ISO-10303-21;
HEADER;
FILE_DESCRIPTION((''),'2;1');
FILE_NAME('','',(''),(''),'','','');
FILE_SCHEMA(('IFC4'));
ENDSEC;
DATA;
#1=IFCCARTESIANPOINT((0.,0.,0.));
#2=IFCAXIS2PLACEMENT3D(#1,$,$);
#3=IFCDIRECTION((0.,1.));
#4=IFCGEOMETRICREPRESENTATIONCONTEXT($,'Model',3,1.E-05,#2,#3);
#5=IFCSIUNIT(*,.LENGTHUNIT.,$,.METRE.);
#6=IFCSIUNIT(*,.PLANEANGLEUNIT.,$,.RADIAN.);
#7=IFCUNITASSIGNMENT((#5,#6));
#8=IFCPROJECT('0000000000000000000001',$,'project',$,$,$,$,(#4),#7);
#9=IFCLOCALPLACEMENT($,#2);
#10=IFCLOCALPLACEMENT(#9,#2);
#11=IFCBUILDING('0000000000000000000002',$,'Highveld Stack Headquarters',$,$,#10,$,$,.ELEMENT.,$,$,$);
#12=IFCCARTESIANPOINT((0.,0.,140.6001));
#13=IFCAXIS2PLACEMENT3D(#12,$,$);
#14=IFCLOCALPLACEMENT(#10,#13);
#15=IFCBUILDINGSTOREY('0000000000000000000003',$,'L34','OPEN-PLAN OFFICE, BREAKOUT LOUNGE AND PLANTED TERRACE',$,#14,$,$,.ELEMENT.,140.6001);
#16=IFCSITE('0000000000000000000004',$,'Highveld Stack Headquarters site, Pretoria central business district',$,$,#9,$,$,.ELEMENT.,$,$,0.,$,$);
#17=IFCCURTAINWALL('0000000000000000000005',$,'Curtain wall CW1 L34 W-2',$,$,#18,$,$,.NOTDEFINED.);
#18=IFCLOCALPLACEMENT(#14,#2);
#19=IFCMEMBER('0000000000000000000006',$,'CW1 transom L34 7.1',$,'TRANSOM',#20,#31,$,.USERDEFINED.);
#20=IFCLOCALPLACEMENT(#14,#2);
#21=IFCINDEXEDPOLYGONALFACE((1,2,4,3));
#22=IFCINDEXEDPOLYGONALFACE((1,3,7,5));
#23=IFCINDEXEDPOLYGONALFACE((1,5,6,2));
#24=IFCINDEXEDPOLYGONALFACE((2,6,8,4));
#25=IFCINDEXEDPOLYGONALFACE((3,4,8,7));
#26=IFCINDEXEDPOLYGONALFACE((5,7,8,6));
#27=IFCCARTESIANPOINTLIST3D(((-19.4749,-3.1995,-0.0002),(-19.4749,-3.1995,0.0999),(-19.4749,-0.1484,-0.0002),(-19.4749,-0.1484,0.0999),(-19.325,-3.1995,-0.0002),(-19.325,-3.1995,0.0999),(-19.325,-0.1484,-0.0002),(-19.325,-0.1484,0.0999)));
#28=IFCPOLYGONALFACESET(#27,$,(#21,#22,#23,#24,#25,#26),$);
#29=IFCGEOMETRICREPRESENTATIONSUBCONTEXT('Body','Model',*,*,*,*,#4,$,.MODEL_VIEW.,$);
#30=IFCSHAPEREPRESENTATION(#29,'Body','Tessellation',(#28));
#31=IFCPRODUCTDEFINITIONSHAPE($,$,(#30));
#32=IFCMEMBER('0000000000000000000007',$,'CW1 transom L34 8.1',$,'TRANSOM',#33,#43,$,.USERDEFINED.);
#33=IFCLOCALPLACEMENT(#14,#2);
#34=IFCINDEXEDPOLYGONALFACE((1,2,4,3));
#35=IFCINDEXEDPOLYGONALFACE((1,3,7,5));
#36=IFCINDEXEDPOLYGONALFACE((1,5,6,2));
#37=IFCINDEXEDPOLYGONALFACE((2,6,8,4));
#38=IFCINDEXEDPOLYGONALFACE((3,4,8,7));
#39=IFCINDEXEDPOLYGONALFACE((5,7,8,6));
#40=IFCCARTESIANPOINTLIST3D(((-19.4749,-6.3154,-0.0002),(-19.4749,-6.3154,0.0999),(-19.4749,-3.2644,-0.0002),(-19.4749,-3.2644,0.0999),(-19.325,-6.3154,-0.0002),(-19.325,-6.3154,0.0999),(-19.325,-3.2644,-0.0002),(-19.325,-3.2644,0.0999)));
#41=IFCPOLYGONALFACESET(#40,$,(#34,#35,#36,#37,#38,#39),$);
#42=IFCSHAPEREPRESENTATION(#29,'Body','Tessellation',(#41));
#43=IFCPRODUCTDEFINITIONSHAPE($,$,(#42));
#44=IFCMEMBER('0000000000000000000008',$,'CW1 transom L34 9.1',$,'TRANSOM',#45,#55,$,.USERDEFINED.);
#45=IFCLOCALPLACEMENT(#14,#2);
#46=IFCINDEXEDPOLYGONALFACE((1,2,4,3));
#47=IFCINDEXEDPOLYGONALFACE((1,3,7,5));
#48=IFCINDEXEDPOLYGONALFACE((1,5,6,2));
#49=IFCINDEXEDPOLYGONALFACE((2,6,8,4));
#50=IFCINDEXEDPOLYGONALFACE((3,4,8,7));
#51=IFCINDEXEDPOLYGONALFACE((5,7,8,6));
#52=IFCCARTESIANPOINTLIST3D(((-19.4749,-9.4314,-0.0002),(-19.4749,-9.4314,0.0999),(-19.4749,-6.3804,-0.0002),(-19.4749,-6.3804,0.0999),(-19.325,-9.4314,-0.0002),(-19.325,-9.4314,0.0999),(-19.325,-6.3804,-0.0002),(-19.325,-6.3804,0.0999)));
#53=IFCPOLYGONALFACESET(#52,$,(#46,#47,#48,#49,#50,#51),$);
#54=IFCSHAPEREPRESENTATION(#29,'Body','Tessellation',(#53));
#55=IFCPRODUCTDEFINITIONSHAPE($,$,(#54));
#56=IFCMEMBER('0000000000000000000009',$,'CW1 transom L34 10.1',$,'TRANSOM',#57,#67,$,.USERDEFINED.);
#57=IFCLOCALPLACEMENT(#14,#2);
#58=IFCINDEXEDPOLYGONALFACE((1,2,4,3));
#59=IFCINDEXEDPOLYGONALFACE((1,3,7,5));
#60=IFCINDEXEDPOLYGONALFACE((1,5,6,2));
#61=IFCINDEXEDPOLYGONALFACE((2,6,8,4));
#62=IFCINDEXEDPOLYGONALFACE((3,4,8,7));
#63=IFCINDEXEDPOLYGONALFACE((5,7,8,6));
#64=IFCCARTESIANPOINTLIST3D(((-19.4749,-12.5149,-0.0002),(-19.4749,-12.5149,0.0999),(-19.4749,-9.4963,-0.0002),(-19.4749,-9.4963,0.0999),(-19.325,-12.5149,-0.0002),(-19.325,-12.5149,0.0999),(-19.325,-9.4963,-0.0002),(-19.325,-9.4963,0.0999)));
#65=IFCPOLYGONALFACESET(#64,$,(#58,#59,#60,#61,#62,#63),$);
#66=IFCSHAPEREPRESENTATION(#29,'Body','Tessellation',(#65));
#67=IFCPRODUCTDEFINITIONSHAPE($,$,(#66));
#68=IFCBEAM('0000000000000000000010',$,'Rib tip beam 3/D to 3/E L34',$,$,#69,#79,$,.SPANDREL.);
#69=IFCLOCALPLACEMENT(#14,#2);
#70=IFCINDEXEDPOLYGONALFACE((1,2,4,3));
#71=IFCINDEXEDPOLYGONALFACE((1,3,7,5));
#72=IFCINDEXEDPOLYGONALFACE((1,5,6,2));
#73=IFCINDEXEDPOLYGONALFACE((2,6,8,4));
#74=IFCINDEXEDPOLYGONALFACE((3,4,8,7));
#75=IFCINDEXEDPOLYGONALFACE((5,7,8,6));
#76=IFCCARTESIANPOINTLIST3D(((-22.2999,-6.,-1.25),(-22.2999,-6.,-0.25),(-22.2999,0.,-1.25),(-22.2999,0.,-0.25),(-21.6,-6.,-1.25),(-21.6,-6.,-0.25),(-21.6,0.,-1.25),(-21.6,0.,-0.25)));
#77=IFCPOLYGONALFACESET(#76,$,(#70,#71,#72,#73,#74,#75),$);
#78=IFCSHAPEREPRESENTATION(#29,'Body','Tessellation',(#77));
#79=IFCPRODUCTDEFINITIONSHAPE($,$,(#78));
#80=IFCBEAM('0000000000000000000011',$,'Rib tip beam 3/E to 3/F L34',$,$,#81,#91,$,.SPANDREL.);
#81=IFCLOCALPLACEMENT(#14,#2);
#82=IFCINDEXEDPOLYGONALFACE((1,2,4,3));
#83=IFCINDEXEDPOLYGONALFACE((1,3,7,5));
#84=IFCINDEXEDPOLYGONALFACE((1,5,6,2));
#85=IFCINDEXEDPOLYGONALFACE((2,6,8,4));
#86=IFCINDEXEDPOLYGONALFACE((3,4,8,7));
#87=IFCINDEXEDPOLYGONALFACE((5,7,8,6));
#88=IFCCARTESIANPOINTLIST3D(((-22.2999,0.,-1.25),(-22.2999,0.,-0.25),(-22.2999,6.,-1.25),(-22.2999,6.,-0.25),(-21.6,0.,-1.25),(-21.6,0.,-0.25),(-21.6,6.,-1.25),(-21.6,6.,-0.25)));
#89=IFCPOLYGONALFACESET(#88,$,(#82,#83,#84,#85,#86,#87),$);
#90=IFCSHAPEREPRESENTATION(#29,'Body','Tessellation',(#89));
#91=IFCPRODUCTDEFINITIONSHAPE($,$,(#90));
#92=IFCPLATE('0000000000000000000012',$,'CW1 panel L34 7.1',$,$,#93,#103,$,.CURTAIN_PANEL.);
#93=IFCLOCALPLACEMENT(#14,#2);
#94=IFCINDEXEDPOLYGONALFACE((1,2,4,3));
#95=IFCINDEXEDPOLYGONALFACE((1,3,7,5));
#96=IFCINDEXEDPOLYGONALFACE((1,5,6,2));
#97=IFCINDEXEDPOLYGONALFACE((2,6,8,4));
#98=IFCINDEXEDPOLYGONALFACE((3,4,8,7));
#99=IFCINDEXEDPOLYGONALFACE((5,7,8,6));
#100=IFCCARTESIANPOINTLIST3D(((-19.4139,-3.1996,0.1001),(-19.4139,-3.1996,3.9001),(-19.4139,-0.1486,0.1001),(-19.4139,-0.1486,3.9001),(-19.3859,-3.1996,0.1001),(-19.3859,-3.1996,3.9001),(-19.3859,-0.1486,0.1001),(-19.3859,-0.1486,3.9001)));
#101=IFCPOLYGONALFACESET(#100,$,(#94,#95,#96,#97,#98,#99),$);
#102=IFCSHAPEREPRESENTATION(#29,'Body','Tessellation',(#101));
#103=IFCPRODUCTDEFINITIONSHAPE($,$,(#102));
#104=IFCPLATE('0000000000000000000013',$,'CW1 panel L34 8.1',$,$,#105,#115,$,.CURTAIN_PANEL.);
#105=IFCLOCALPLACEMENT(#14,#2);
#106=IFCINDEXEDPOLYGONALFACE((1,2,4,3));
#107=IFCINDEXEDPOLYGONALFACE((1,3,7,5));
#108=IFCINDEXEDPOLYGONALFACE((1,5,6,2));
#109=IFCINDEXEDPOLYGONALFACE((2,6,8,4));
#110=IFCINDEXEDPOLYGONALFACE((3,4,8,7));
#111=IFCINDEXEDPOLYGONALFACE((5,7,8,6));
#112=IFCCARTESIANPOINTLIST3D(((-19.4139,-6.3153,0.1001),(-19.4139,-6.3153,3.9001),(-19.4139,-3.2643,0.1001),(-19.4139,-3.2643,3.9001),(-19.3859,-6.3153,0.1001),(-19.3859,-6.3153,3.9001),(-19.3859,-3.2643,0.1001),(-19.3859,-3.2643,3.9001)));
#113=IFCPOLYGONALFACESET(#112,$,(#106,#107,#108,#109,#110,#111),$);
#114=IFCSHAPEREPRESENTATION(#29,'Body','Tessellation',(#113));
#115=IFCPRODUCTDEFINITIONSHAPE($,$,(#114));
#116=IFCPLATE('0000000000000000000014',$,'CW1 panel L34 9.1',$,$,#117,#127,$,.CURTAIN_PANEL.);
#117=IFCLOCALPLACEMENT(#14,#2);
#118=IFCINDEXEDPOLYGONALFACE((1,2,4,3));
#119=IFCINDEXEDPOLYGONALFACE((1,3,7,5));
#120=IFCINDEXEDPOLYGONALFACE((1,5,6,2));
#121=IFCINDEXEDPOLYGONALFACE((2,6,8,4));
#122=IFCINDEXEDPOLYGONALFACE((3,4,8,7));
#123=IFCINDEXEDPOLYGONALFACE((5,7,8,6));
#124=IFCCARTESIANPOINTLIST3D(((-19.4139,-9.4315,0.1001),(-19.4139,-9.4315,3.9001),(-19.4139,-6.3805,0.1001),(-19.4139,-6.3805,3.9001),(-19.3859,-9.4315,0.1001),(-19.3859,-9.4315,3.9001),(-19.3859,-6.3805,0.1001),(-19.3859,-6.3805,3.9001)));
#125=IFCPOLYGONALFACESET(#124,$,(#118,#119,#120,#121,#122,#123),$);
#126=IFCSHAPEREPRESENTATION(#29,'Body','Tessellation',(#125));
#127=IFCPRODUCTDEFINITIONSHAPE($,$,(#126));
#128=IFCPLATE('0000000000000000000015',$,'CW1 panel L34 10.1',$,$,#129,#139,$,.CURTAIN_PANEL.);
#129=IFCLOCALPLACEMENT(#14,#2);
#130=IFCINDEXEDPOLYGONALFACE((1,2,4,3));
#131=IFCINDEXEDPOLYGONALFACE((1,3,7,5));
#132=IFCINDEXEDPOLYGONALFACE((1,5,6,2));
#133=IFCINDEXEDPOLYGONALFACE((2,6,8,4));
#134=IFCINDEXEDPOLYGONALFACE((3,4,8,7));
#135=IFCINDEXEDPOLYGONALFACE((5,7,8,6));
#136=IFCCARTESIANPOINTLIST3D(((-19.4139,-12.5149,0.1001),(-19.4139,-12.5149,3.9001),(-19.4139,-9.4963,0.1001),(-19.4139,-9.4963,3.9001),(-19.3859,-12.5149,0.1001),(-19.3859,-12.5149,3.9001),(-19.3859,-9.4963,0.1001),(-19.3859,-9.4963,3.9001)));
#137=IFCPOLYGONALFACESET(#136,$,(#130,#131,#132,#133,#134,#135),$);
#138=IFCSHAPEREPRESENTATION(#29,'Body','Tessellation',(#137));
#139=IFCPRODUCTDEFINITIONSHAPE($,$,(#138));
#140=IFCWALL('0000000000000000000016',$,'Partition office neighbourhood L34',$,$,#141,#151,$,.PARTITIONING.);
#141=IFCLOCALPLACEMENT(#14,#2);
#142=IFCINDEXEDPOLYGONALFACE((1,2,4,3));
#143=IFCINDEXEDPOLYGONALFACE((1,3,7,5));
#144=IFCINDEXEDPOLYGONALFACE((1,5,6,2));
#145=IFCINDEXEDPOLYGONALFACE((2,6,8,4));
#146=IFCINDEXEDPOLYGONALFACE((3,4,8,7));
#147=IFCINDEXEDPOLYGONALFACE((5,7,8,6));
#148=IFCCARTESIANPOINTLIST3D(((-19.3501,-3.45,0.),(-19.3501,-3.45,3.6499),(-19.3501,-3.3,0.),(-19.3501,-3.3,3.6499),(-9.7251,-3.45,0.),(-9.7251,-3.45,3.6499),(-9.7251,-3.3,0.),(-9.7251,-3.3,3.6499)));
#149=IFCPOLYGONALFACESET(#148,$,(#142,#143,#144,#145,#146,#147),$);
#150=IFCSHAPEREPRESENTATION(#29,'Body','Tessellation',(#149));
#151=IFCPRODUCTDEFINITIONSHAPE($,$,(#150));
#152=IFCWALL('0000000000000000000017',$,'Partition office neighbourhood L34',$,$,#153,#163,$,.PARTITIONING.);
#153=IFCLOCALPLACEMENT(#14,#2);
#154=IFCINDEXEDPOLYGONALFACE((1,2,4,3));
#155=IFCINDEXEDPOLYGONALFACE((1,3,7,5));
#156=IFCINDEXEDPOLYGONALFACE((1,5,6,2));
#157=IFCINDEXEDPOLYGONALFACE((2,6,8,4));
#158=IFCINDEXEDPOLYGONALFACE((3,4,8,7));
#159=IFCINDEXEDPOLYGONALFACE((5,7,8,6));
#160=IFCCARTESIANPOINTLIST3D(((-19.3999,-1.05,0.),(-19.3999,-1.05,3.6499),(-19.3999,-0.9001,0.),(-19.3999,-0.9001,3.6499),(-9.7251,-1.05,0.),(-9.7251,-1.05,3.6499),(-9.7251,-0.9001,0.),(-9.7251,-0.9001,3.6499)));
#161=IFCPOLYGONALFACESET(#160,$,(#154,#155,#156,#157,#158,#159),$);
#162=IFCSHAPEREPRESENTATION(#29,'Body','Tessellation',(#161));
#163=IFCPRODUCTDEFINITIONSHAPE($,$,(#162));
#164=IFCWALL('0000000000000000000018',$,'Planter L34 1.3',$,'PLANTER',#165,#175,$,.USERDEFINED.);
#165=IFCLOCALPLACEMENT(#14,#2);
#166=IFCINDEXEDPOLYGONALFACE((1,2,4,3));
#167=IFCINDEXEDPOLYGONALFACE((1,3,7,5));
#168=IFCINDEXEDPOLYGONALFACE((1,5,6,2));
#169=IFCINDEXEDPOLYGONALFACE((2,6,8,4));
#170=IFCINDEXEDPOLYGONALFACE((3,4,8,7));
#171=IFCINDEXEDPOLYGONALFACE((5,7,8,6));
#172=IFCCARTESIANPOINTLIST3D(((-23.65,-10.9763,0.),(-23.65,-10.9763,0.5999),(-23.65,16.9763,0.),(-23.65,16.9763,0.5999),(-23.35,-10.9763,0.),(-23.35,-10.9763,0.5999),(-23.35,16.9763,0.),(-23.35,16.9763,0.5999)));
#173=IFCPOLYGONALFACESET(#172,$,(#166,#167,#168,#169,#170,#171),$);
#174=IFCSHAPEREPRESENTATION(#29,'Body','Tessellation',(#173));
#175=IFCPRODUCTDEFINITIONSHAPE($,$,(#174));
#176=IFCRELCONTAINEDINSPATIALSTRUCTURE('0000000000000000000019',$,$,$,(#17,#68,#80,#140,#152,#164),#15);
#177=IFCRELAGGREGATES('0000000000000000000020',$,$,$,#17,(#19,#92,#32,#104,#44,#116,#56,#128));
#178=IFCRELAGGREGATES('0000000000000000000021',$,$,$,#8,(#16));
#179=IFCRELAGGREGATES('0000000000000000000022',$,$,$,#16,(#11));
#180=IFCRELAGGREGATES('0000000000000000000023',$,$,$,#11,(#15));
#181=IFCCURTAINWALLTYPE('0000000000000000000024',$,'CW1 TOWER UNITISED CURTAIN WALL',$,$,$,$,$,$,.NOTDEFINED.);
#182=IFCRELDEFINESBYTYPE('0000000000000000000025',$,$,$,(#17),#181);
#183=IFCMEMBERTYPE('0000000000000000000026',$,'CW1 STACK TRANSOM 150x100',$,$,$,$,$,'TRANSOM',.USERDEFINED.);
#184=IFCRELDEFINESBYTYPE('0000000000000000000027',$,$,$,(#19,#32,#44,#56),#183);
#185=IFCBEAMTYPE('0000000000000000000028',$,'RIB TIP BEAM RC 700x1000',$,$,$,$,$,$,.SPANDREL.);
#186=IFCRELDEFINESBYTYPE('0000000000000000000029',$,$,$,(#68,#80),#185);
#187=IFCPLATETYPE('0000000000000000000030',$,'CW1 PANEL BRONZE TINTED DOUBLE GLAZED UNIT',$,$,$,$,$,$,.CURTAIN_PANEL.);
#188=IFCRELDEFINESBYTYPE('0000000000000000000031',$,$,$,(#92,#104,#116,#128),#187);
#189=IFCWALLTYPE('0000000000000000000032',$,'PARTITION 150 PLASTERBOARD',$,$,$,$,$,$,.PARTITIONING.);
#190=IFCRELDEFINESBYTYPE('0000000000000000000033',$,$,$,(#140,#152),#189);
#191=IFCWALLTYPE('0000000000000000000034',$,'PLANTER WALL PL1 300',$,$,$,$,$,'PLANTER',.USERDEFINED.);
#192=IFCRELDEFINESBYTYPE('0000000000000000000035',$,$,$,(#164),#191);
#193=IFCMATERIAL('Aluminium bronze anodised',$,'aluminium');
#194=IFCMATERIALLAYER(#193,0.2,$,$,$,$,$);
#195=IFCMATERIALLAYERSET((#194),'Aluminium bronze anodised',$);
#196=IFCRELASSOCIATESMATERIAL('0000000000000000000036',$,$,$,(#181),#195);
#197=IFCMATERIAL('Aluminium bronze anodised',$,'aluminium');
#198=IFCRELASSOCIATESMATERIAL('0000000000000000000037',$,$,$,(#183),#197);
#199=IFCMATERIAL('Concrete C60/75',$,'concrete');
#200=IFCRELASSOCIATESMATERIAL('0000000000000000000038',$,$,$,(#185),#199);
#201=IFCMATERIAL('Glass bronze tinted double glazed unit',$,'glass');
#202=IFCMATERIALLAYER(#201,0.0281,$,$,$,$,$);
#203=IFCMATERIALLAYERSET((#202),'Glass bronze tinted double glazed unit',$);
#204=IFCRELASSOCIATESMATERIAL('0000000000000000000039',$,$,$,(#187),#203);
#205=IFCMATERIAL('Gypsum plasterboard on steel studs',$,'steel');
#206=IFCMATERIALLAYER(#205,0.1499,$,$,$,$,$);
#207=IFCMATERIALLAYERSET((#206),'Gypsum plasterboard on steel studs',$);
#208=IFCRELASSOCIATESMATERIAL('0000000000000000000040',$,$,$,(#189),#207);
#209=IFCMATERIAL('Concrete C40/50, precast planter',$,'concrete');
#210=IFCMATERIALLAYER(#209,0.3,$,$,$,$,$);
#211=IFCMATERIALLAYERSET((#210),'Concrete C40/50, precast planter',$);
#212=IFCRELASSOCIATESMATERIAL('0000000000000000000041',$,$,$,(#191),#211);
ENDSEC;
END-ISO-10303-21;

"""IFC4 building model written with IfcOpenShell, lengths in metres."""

from ifc_helpers import new_model, si_unit, direction, frame, frame_2d, origin, origin_2d, place, context, subcontext, project, spatial, rectangle, extrude, material, layer, layer_set, material_profile, profile_set, type_object, element, aggregate, save


model = new_model("IFC4")

# Units and contexts
model_context = context("Model", 3, precision=1e-05, world=origin(), true_north=direction((0.0, 1.0)))
body_context = subcontext(model_context, "Body", "Model", "MODEL_VIEW")
ifc_project = project(units=[si_unit("LENGTHUNIT", "METRE"), si_unit("PLANEANGLEUNIT", "RADIAN")], contexts=[model_context])

# Site, building, storey
site_placement = place(None, origin())
site = spatial("IfcSite", under=ifc_project, at=site_placement, Name="Highveld Stack Headquarters site, Pretoria central business district", CompositionType="ELEMENT", RefElevation=0.0)
building_placement = place(site_placement, origin())
building = spatial("IfcBuilding", under=site, at=building_placement, Name="Highveld Stack Headquarters", CompositionType="ELEMENT")
storey_placement = place(building_placement, frame((0.0, 0.0, 140.6001)))
storey = spatial("IfcBuildingStorey", under=building, at=storey_placement, Name="L34", Description="OPEN-PLAN OFFICE, BREAKOUT LOUNGE AND PLANTED TERRACE", CompositionType="ELEMENT", Elevation=140.6001)

# Curtain wall, members
ifc_material_1 = material(Name="Aluminium bronze anodised", Category="aluminium")
ifc_layer_1 = layer(ifc_material_1, 0.2)
ifc_layer_set_1 = layer_set([ifc_layer_1], Name="Aluminium bronze anodised")
curtain_wall_type = type_object("IfcCurtainWallType", Name="CW1 TOWER UNITISED CURTAIN WALL", PredefinedType="NOTDEFINED", material=ifc_layer_set_1)
curtain_wall_placement = place(storey_placement, origin())
curtain_wall = element("IfcCurtainWall", 1, at=curtain_wall_placement, inside=storey, type_object=curtain_wall_type, Name="Curtain wall CW1 L34 W-2", PredefinedType="NOTDEFINED")
ifc_material_2 = material(Name="Aluminium bronze anodised", Category="aluminium")
ifc_material_profile_1 = material_profile(ifc_material_2, rectangle(XDim=0.1499, YDim=0.1001, at=origin_2d()), Name="CW1 TRANSOM 150x100")
ifc_profile_set_1 = profile_set([ifc_material_profile_1], Name="Aluminium bronze anodised")
member_type_1 = type_object("IfcMemberType", Name="CW1 STACK TRANSOM 150x100", ElementType="TRANSOM", PredefinedType="USERDEFINED", material=ifc_profile_set_1)
member_1_placement = place(storey_placement, frame((-19.3999, -0.1484, 0.0498), z_axis=(0.0, -1.0, 0.0), x_axis=(1.0, 0.0, 0.0)))
member_1 = element("IfcMember", 2, at=member_1_placement, type_object=member_type_1, Name="CW1 transom L34 7.1", ObjectType="TRANSOM", PredefinedType="USERDEFINED", context=body_context, shape_type="SweptSolid", body=[
    extrude(rectangle(XDim=0.1499, YDim=0.1001, at=origin_2d()), origin(), (0.0, 0.0, 1.0), 3.051),
])
member_2_placement = place(storey_placement, frame((-19.3999, -3.2644, 0.0498), z_axis=(0.0, -1.0, 0.0), x_axis=(1.0, 0.0, 0.0)))
member_2 = element("IfcMember", 3, at=member_2_placement, type_object=member_type_1, Name="CW1 transom L34 8.1", ObjectType="TRANSOM", PredefinedType="USERDEFINED", context=body_context, shape_type="SweptSolid", body=[
    extrude(rectangle(XDim=0.1499, YDim=0.1001, at=origin_2d()), origin(), (0.0, 0.0, 1.0), 3.051),
])
member_3_placement = place(storey_placement, frame((-19.3999, -6.3804, 0.0498), z_axis=(0.0, -1.0, 0.0), x_axis=(1.0, 0.0, 0.0)))
member_3 = element("IfcMember", 4, at=member_3_placement, type_object=member_type_1, Name="CW1 transom L34 9.1", ObjectType="TRANSOM", PredefinedType="USERDEFINED", context=body_context, shape_type="SweptSolid", body=[
    extrude(rectangle(XDim=0.1499, YDim=0.1001, at=origin_2d()), origin(), (0.0, 0.0, 1.0), 3.051),
])
member_4_placement = place(storey_placement, frame((-19.3999, -9.4963, 0.0498), z_axis=(0.0, -1.0, 0.0), x_axis=(1.0, 0.0, 0.0)))
member_4 = element("IfcMember", 5, at=member_4_placement, type_object=member_type_1, Name="CW1 transom L34 10.1", ObjectType="TRANSOM", PredefinedType="USERDEFINED", context=body_context, shape_type="SweptSolid", body=[
    extrude(rectangle(XDim=0.1499, YDim=0.1001, at=origin_2d()), origin(), (0.0, 0.0, 1.0), 3.0186),
])

# Beams
ifc_material_3 = material(Name="Concrete C60/75", Category="concrete")
ifc_material_profile_2 = material_profile(ifc_material_3, rectangle(XDim=0.7, YDim=1.0, at=origin_2d()), Name="RC 700x1000")
ifc_profile_set_2 = profile_set([ifc_material_profile_2], Name="Concrete C60/75")
beam_type_1 = type_object("IfcBeamType", Name="RIB TIP BEAM RC 700x1000", PredefinedType="SPANDREL", material=ifc_profile_set_2)
for number, where, z_axis, x_axis, name in (
    (6, (-21.95, -6.0, -0.75), (0.0, 1.0, 0.0), (-1.0, 0.0, 0.0), "Rib tip beam 3/D to 3/E L34"),
    (7, (-21.95, 0.0, -0.75), (0.0, 1.0, 0.0), (-1.0, 0.0, 0.0), "Rib tip beam 3/E to 3/F L34"),
):
    element("IfcBeam", number, at=place(storey_placement, frame(where, z_axis=z_axis, x_axis=x_axis)), inside=storey, type_object=beam_type_1, Name=name, PredefinedType="SPANDREL", context=body_context, shape_type="SweptSolid", body=[
        extrude(rectangle(XDim=0.7, YDim=1.0, at=origin_2d()), origin(), (0.0, 0.0, 1.0), 6.0),
    ])

# Plates
ifc_material_4 = material(Name="Glass bronze tinted double glazed unit", Category="glass")
ifc_layer_2 = layer(ifc_material_4, 0.0281)
ifc_layer_set_2 = layer_set([ifc_layer_2], Name="Glass bronze tinted double glazed unit")
plate_type = type_object("IfcPlateType", Name="CW1 PANEL BRONZE TINTED DOUBLE GLAZED UNIT", PredefinedType="CURTAIN_PANEL", material=ifc_layer_set_2)
plate_1_placement = place(storey_placement, frame((-19.3999, -1.6741, 0.1001), z_axis=(0.0, 0.0, 1.0), x_axis=(0.0, -1.0, 0.0)))
plate_1 = element("IfcPlate", 8, at=plate_1_placement, type_object=plate_type, Name="CW1 panel L34 7.1", PredefinedType="CURTAIN_PANEL", context=body_context, shape_type="SweptSolid", body=[
    extrude(rectangle(XDim=3.051, YDim=0.0281, at=origin_2d()), origin(), (0.0, 0.0, 1.0), 3.8),
])
plate_2_placement = place(storey_placement, frame((-19.3999, -4.7898, 0.1001), z_axis=(0.0, 0.0, 1.0), x_axis=(0.0, -1.0, 0.0)))
plate_2 = element("IfcPlate", 9, at=plate_2_placement, type_object=plate_type, Name="CW1 panel L34 8.1", PredefinedType="CURTAIN_PANEL", context=body_context, shape_type="SweptSolid", body=[
    extrude(rectangle(XDim=3.051, YDim=0.0281, at=origin_2d()), origin(), (0.0, 0.0, 1.0), 3.8),
])
plate_3_placement = place(storey_placement, frame((-19.3999, -7.906, 0.1001), z_axis=(0.0, 0.0, 1.0), x_axis=(0.0, -1.0, 0.0)))
plate_3 = element("IfcPlate", 10, at=plate_3_placement, type_object=plate_type, Name="CW1 panel L34 9.1", PredefinedType="CURTAIN_PANEL", context=body_context, shape_type="SweptSolid", body=[
    extrude(rectangle(XDim=3.051, YDim=0.0281, at=origin_2d()), origin(), (0.0, 0.0, 1.0), 3.8),
])
plate_4_placement = place(storey_placement, frame((-19.3999, -11.0056, 0.1001), z_axis=(0.0, 0.0, 1.0), x_axis=(0.0, -1.0, 0.0)))
plate_4 = element("IfcPlate", 11, at=plate_4_placement, type_object=plate_type, Name="CW1 panel L34 10.1", PredefinedType="CURTAIN_PANEL", context=body_context, shape_type="SweptSolid", body=[
    extrude(rectangle(XDim=3.0186, YDim=0.0281, at=origin_2d()), origin(), (0.0, 0.0, 1.0), 3.8),
])
aggregate(curtain_wall, [member_1, plate_1, member_2, plate_2, member_3, plate_3, member_4, plate_4])

# Walls
ifc_material_5 = material(Name="Gypsum plasterboard on steel studs", Category="steel")
ifc_layer_3 = layer(ifc_material_5, 0.1499)
ifc_layer_set_3 = layer_set([ifc_layer_3], Name="Gypsum plasterboard on steel studs")
wall_type_1 = type_object("IfcWallType", Name="PARTITION 150 PLASTERBOARD", PredefinedType="PARTITIONING", material=ifc_layer_set_3)
wall_1_placement = place(storey_placement, frame((-19.3501, -3.375, 0.0), z_axis=(0.0, 0.0, 1.0), x_axis=(1.0, 0.0, 0.0)))
element("IfcWall", 12, at=wall_1_placement, inside=storey, type_object=wall_type_1, Name="Partition office neighbourhood L34", PredefinedType="PARTITIONING", context=body_context, shape_type="SweptSolid", body=[
    extrude(rectangle(XDim=9.625, YDim=0.1499, at=frame_2d((4.8125, 0.0))), origin(), (0.0, 0.0, 1.0), 3.6499),
])
wall_2_placement = place(storey_placement, frame((-19.3999, -0.9751, 0.0), z_axis=(0.0, 0.0, 1.0), x_axis=(1.0, 0.0, 0.0)))
element("IfcWall", 13, at=wall_2_placement, inside=storey, type_object=wall_type_1, Name="Partition office neighbourhood L34", PredefinedType="PARTITIONING", context=body_context, shape_type="SweptSolid", body=[
    extrude(rectangle(XDim=9.6748, YDim=0.1499, at=frame_2d((4.8374, 0.0))), origin(), (0.0, 0.0, 1.0), 3.6499),
])
ifc_material_6 = material(Name="Concrete C40/50, precast planter", Category="concrete")
ifc_layer_4 = layer(ifc_material_6, 0.3)
ifc_layer_set_4 = layer_set([ifc_layer_4], Name="Concrete C40/50, precast planter")
wall_type_2 = type_object("IfcWallType", Name="PLANTER WALL PL1 300", ElementType="PLANTER", PredefinedType="USERDEFINED", material=ifc_layer_set_4)
wall_3_placement = place(storey_placement, frame((-23.5, -10.9763, 0.0), z_axis=(0.0, 0.0, 1.0), x_axis=(0.0, 1.0, 0.0)))
element("IfcWall", 14, at=wall_3_placement, inside=storey, type_object=wall_type_2, Name="Planter L34 1.3", ObjectType="PLANTER", PredefinedType="USERDEFINED", context=body_context, shape_type="SweptSolid", body=[
    extrude(rectangle(XDim=27.9526, YDim=0.3, at=frame_2d((13.9763, 0.0))), origin(), (0.0, 0.0, 1.0), 0.5999),
])

save(model, "model.ifc")
